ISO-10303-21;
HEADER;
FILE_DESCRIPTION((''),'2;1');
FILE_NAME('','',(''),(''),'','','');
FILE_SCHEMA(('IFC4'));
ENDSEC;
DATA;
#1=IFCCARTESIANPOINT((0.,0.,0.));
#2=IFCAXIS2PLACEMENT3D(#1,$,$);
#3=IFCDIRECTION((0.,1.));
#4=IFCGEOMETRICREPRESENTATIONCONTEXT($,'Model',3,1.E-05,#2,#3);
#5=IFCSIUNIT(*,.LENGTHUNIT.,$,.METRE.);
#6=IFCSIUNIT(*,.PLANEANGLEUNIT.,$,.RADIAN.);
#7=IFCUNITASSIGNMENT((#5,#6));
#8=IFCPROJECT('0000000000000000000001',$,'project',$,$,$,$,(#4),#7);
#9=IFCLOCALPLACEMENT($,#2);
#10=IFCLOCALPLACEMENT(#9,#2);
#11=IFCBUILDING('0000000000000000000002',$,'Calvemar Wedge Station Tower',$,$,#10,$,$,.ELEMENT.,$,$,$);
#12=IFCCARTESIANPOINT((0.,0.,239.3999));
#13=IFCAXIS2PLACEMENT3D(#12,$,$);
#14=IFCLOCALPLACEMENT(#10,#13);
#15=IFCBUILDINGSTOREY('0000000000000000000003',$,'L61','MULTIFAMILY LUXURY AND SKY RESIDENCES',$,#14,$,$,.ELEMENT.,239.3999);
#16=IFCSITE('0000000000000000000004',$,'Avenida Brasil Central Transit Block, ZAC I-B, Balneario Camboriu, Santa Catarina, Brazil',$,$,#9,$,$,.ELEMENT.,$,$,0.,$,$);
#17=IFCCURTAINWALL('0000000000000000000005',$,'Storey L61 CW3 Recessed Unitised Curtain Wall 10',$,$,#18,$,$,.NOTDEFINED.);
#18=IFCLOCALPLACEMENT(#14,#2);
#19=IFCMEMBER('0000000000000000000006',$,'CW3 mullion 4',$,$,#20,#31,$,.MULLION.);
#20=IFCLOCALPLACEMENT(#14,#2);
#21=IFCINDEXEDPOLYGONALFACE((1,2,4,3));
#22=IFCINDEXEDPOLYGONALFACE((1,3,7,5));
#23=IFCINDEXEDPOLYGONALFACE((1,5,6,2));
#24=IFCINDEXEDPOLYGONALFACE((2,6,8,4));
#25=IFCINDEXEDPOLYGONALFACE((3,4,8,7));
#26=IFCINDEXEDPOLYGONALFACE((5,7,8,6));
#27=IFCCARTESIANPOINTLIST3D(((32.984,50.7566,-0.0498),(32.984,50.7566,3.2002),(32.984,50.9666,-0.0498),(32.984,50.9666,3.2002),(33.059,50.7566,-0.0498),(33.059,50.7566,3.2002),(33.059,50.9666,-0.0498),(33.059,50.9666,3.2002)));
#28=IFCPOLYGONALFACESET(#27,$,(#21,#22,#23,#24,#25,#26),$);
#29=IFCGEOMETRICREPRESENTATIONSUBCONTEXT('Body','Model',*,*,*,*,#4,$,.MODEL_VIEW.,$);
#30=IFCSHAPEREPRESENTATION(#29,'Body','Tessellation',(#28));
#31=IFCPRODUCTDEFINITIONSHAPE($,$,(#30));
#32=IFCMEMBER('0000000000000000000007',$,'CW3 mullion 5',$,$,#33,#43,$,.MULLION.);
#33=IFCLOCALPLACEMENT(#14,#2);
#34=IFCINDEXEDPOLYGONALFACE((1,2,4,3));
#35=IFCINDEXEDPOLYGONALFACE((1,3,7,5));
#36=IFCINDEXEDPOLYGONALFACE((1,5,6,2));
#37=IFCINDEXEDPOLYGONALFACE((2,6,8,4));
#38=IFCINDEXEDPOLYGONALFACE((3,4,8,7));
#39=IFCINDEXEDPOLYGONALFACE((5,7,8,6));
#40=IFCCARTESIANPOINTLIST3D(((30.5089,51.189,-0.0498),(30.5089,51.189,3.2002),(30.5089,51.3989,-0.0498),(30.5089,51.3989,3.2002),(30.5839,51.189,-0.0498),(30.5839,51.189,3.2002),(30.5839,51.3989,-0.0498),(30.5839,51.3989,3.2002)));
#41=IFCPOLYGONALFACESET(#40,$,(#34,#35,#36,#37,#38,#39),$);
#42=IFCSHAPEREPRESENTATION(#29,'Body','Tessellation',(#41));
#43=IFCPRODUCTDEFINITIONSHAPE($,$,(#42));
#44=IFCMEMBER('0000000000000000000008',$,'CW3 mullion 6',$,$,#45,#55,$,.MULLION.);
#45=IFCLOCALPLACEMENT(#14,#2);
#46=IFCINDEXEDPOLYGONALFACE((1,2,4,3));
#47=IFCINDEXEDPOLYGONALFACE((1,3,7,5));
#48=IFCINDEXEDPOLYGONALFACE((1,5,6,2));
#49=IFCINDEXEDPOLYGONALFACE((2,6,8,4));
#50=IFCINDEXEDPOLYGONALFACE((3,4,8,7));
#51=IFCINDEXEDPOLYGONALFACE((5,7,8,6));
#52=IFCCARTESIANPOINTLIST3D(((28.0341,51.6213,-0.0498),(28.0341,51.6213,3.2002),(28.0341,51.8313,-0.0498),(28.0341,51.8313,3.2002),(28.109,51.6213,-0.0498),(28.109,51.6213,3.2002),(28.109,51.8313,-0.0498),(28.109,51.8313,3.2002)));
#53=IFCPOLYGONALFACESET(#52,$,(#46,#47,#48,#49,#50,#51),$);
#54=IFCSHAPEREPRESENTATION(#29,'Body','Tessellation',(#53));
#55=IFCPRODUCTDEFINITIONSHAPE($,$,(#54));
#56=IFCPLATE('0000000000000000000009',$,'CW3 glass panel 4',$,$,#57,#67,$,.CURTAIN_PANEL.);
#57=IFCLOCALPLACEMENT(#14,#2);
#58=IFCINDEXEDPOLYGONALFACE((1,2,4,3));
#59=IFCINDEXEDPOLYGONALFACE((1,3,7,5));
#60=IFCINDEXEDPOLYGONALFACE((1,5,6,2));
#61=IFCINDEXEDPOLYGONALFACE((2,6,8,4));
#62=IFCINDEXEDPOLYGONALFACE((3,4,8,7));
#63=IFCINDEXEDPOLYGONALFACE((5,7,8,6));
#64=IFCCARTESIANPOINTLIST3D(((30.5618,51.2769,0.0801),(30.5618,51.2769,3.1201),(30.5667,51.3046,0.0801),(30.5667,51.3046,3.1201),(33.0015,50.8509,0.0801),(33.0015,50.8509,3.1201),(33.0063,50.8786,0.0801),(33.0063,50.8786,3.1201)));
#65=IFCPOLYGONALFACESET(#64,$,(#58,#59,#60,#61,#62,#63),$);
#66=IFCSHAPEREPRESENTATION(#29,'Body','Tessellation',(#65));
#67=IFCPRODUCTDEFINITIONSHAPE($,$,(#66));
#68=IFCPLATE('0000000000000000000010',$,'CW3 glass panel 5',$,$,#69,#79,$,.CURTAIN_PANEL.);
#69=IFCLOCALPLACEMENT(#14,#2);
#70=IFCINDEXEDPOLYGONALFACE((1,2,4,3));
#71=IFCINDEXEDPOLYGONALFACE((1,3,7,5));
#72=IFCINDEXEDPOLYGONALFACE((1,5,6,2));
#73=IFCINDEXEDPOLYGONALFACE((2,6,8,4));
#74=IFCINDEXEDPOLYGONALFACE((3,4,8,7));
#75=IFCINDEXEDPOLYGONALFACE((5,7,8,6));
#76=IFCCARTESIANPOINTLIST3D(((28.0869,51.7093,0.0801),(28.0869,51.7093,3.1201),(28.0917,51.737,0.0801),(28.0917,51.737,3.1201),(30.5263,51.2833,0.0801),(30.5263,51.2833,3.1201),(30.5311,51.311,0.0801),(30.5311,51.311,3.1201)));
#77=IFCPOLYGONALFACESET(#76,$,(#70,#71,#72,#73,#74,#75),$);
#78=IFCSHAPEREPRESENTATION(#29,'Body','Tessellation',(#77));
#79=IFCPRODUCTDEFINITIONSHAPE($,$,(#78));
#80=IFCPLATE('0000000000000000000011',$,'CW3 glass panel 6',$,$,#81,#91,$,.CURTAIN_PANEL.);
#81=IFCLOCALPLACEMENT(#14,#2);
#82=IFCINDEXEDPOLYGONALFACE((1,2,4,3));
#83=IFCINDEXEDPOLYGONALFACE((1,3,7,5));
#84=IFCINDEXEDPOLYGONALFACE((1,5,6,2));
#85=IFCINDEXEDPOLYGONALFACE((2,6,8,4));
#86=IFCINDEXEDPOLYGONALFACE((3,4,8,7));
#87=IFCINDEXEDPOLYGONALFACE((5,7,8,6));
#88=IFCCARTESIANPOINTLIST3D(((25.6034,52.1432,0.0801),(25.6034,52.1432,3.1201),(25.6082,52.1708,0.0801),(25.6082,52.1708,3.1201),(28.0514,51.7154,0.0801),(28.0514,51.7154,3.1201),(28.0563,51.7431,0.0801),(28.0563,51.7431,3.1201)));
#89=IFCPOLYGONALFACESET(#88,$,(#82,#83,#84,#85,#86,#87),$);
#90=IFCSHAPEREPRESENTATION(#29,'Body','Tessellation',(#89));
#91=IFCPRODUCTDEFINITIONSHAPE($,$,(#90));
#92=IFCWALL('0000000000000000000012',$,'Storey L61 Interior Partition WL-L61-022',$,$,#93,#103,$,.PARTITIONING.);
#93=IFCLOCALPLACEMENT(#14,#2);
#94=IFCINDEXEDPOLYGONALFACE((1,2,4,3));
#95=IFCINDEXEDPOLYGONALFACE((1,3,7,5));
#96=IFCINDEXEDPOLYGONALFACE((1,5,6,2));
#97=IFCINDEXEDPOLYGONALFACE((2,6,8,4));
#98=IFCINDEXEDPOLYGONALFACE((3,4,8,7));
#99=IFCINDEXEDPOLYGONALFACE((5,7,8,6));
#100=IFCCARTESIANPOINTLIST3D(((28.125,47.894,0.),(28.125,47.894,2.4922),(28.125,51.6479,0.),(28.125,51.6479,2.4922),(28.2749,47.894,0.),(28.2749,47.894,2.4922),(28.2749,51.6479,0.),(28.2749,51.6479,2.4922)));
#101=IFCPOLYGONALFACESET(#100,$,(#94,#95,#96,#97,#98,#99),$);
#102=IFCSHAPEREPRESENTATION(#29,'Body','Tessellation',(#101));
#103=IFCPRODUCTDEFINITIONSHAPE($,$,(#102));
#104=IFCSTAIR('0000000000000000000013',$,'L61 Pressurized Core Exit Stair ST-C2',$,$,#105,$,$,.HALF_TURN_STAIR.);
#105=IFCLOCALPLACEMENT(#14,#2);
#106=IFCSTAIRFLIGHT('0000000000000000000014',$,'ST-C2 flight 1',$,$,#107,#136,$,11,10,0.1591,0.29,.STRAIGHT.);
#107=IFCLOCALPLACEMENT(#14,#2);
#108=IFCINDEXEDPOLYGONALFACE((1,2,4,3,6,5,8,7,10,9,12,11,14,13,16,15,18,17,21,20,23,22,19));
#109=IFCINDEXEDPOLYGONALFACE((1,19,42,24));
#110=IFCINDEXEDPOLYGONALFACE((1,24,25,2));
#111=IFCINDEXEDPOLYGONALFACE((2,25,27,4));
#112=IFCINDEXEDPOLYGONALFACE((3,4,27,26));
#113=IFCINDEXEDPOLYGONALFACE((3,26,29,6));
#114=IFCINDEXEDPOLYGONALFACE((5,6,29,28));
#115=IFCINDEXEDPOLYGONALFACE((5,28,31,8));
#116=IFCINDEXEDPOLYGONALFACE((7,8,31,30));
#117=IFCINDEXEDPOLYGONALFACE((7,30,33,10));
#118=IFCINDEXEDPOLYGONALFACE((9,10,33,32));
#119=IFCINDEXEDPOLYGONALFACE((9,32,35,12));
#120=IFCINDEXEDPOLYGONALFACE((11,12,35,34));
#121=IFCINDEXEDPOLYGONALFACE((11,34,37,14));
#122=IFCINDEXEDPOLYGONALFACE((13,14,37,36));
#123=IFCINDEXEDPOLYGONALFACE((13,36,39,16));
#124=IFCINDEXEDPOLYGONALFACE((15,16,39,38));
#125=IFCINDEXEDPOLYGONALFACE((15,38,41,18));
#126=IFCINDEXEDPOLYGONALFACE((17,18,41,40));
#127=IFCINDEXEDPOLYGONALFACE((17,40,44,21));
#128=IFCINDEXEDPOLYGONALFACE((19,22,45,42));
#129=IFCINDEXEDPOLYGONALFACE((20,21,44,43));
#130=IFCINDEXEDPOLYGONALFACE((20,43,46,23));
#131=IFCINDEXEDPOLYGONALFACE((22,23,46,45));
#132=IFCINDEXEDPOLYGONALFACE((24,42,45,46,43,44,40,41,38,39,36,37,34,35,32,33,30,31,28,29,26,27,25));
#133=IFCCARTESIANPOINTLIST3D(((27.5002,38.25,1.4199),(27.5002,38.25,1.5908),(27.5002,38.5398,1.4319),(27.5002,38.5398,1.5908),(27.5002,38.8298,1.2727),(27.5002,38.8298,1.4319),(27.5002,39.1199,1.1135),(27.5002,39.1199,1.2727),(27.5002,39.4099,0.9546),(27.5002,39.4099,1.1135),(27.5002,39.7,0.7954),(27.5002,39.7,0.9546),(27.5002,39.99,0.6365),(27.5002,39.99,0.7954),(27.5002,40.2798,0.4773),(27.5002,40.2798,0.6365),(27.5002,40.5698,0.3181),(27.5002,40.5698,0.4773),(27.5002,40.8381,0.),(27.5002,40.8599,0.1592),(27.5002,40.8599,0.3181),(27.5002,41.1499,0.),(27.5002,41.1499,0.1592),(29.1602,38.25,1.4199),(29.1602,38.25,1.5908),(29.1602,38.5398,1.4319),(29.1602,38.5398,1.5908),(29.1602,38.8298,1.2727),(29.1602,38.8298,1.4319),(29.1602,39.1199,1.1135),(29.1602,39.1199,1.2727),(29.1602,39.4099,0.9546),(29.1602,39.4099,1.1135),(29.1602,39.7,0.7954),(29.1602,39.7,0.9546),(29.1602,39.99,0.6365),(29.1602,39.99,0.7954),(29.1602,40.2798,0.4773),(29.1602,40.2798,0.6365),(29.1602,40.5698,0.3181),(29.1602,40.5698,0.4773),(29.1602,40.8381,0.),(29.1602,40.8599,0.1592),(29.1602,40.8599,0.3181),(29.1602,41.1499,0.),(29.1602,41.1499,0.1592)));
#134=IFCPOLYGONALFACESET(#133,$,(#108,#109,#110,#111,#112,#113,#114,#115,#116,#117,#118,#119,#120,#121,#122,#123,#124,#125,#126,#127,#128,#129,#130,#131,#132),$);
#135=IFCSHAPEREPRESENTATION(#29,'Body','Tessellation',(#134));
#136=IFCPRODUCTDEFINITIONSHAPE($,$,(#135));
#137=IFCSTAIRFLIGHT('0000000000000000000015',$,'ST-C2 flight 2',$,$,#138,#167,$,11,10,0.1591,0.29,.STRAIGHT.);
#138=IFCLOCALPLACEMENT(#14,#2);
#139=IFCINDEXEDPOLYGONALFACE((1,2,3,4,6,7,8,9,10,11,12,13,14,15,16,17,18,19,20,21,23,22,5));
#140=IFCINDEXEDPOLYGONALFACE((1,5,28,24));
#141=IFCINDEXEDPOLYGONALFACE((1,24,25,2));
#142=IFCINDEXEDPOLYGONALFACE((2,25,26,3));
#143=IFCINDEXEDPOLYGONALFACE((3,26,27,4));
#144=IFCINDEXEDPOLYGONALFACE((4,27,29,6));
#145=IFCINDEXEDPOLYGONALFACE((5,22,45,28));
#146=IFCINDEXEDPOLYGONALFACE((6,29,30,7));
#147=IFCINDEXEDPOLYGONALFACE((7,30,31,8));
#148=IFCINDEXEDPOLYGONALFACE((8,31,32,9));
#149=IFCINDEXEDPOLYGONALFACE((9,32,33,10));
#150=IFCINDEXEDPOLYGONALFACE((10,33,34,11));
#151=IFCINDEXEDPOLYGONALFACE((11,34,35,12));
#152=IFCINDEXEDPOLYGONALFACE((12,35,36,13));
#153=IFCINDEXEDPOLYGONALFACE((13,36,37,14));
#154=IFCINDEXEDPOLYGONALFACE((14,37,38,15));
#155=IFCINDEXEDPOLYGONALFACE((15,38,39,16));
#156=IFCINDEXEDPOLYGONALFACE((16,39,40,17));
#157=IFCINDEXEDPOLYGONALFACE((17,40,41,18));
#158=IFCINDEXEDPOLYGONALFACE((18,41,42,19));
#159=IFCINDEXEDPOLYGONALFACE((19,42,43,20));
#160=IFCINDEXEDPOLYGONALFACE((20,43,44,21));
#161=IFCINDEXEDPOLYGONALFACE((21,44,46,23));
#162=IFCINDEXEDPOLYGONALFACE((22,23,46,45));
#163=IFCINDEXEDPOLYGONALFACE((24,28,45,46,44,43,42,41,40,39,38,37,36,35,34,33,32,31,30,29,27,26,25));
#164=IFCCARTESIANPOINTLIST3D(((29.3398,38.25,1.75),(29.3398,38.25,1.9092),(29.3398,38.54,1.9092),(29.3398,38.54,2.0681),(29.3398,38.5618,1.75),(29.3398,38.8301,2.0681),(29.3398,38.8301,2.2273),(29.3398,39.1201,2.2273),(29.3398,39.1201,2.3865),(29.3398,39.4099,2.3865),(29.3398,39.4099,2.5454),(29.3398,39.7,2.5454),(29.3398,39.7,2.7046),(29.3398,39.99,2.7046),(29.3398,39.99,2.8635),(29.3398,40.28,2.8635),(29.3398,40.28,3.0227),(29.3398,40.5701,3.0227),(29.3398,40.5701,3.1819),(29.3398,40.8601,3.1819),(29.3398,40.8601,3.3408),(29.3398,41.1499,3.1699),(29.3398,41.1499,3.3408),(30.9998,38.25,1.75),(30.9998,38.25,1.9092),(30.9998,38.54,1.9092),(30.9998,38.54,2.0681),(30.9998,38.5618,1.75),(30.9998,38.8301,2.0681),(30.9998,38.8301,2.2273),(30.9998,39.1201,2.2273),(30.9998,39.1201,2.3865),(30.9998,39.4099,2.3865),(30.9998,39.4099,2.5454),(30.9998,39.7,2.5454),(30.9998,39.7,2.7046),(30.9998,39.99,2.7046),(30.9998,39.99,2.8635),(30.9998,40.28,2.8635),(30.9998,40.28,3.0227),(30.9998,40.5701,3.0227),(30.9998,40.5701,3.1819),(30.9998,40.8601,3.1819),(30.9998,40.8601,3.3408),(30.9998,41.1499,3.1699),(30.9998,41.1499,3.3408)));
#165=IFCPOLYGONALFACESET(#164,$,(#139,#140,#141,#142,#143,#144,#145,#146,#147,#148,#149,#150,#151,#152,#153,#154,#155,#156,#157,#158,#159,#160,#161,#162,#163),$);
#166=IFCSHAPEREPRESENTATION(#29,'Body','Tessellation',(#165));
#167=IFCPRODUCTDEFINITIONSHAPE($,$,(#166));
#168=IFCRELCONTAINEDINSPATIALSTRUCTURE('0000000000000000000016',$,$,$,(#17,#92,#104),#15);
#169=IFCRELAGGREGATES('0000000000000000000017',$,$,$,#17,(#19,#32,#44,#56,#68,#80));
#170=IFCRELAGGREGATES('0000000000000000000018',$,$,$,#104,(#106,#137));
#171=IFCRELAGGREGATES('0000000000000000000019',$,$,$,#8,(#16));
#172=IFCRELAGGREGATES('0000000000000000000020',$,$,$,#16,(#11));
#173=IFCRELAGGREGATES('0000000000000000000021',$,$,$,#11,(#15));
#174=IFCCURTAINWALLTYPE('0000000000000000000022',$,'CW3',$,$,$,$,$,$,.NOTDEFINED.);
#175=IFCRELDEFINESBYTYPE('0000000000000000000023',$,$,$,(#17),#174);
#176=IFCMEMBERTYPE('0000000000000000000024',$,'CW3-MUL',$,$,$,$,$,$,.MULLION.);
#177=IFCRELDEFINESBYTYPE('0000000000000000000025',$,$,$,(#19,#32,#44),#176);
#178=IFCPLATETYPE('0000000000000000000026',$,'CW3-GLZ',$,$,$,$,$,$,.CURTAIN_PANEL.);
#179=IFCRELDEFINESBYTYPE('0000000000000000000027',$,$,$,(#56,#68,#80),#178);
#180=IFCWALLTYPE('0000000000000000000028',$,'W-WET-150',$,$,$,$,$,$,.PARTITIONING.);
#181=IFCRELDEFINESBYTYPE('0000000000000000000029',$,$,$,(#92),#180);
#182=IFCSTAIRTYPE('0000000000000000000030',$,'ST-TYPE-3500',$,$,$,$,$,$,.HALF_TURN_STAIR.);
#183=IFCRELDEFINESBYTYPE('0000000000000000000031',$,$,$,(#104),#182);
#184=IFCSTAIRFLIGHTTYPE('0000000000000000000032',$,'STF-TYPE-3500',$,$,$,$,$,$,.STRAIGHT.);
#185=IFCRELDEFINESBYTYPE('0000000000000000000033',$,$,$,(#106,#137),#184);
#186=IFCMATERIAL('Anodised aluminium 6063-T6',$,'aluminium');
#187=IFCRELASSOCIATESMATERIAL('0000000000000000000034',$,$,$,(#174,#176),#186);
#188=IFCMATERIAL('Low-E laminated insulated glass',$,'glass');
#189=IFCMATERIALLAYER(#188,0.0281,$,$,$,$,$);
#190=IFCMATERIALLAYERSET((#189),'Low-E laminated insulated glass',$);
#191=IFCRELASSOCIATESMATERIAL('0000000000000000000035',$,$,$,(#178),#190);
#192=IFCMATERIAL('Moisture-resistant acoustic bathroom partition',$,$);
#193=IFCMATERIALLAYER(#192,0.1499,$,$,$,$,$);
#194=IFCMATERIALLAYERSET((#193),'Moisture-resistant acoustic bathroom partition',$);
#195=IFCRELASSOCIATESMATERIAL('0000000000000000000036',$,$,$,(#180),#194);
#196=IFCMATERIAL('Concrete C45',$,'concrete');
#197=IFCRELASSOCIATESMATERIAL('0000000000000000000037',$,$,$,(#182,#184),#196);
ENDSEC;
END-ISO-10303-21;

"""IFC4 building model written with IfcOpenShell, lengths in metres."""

from ifc_helpers import new_model, si_unit, direction, frame, frame_2d, origin, origin_2d, place, context, subcontext, project, spatial, polyline, rectangle, outline, extrude, source, transform, mapped, material, layer, layer_set, material_profile, profile_set, type_object, element, aggregate, save


model = new_model("IFC4")

# Units and contexts
model_context = context("Model", 3, precision=1e-05, world=origin(), true_north=direction((0.0, 1.0)))
body_context = subcontext(model_context, "Body", "Model", "MODEL_VIEW")
ifc_project = project(units=[si_unit("LENGTHUNIT", "METRE"), si_unit("PLANEANGLEUNIT", "RADIAN")], contexts=[model_context])

# Site, building, storey
site_placement = place(None, origin())
site = spatial("IfcSite", under=ifc_project, at=site_placement, Name="Avenida Brasil Central Transit Block, ZAC I-B, Balneario Camboriu, Santa Catarina, Brazil", CompositionType="ELEMENT", RefElevation=0.0)
building_placement = place(site_placement, origin())
building = spatial("IfcBuilding", under=site, at=building_placement, Name="Calvemar Wedge Station Tower", CompositionType="ELEMENT")
storey_placement = place(building_placement, frame((0.0, 0.0, 239.3999)))
storey = spatial("IfcBuildingStorey", under=building, at=storey_placement, Name="L61", Description="MULTIFAMILY LUXURY AND SKY RESIDENCES", CompositionType="ELEMENT", Elevation=239.3999)

# Curtain wall, members, plates
ifc_material_1 = material(Name="Anodised aluminium 6063-T6", Category="aluminium")
curtain_wall_type = type_object("IfcCurtainWallType", Name="CW3", PredefinedType="NOTDEFINED", material=ifc_material_1)
curtain_wall_placement = place(storey_placement, origin())
curtain_wall = element("IfcCurtainWall", 1, at=curtain_wall_placement, inside=storey, type_object=curtain_wall_type, Name="Storey L61 CW3 Recessed Unitised Curtain Wall 10", PredefinedType="NOTDEFINED")
ifc_material_profile_1 = material_profile(ifc_material_1, rectangle(XDim=0.075, YDim=0.21, at=origin_2d()), Name="AL-MUL-75x210")
ifc_profile_set_1 = profile_set([ifc_material_profile_1], Name="Anodised aluminium 6063-T6")
member_type = type_object("IfcMemberType", Name="CW3-MUL", PredefinedType="MULLION", material=ifc_profile_set_1)
shared_shape_1 = source(origin(), body_context, "Body", "SweptSolid", [
    extrude(rectangle(XDim=0.075, YDim=0.21, at=origin_2d()), origin(), (0.0, 0.0, 1.0), 3.25),
])
member_1_placement = place(storey_placement, frame((33.0215, 50.8616, -0.0498), z_axis=(0.0, 0.0, 1.0), x_axis=(1.0, 0.0, 0.0)))
member_1 = element("IfcMember", 2, at=member_1_placement, type_object=member_type, Name="CW3 mullion 4", PredefinedType="MULLION", context=body_context, shape_type="MappedRepresentation", body=[
    mapped(shared_shape_1, transform((0.0, 0.0, 0.0), scale=1.0)),
])
member_2_placement = place(storey_placement, frame((30.5464, 51.2939, -0.0498), z_axis=(0.0, 0.0, 1.0), x_axis=(1.0, 0.0, 0.0)))
member_2 = element("IfcMember", 3, at=member_2_placement, type_object=member_type, Name="CW3 mullion 5", PredefinedType="MULLION", context=body_context, shape_type="MappedRepresentation", body=[
    mapped(shared_shape_1, transform((0.0, 0.0, 0.0), scale=1.0)),
])
member_3_placement = place(storey_placement, frame((28.0715, 51.7263, -0.0498), z_axis=(0.0, 0.0, 1.0), x_axis=(1.0, 0.0, 0.0)))
member_3 = element("IfcMember", 4, at=member_3_placement, type_object=member_type, Name="CW3 mullion 6", PredefinedType="MULLION", context=body_context, shape_type="MappedRepresentation", body=[
    mapped(shared_shape_1, transform((0.0, 0.0, 0.0), scale=1.0)),
])
ifc_material_2 = material(Name="Low-E laminated insulated glass", Category="glass")
ifc_layer_1 = layer(ifc_material_2, 0.0281)
ifc_layer_set_1 = layer_set([ifc_layer_1], Name="Low-E laminated insulated glass")
plate_type = type_object("IfcPlateType", Name="CW3-GLZ", PredefinedType="CURTAIN_PANEL", material=ifc_layer_set_1)
plate_1_placement = place(storey_placement, frame((33.0039, 50.8647, 0.0801), z_axis=(0.0, 0.0, 1.0), x_axis=(-0.985094, 0.172019, 0.0)))
plate_1 = element("IfcPlate", 5, at=plate_1_placement, type_object=plate_type, Name="CW3 glass panel 4", PredefinedType="CURTAIN_PANEL", context=body_context, shape_type="SweptSolid", body=[
    extrude(rectangle(XDim=2.4766, YDim=0.0281, at=frame_2d((1.2383, 0.0))), origin(), (0.0, 0.0, 1.0), 3.04),
])
plate_2_placement = place(storey_placement, frame((30.5288, 51.2971, 0.0801), z_axis=(0.0, 0.0, 1.0), x_axis=(-0.985091, 0.172036, 0.0)))
plate_2 = element("IfcPlate", 6, at=plate_2_placement, type_object=plate_type, Name="CW3 glass panel 5", PredefinedType="CURTAIN_PANEL", context=body_context, shape_type="SweptSolid", body=[
    extrude(rectangle(XDim=2.4763, YDim=0.0281, at=frame_2d((1.2383, 0.0))), origin(), (0.0, 0.0, 1.0), 3.04),
])
plate_3_placement = place(storey_placement, frame((28.054, 51.7292, 0.0801), z_axis=(0.0, 0.0, 1.0), x_axis=(-0.985076, 0.172121, 0.0)))
plate_3 = element("IfcPlate", 7, at=plate_3_placement, type_object=plate_type, Name="CW3 glass panel 6", PredefinedType="CURTAIN_PANEL", context=body_context, shape_type="SweptSolid", body=[
    extrude(rectangle(XDim=2.4851, YDim=0.0281, at=frame_2d((1.2427, 0.0))), origin(), (0.0, 0.0, 1.0), 3.04),
])
aggregate(curtain_wall, [member_1, member_2, member_3, plate_1, plate_2, plate_3])

# Wall
ifc_material_3 = material(Name="Moisture-resistant acoustic bathroom partition")
ifc_layer_2 = layer(ifc_material_3, 0.1499)
ifc_layer_set_2 = layer_set([ifc_layer_2], Name="Moisture-resistant acoustic bathroom partition")
wall_type_1 = type_object("IfcWallType", Name="W-WET-150", PredefinedType="PARTITIONING", material=ifc_layer_set_2)
wall_1_placement = place(storey_placement, frame((28.2, 51.6479, 0.0), z_axis=(0.0, 0.0, 1.0), x_axis=(0.0, -1.0, 0.0)))
element("IfcWall", 8, at=wall_1_placement, inside=storey, type_object=wall_type_1, Name="Storey L61 Interior Partition WL-L61-022", PredefinedType="PARTITIONING", context=body_context, shape_type="SweptSolid", body=[
    extrude(rectangle(XDim=3.7539, YDim=0.1499, at=frame_2d((1.877, 0.0))), origin(), (0.0, 0.0, 1.0), 2.4922),
])

# Stair, stair flights
ifc_material_4 = material(Name="Concrete C45", Category="concrete")
stair_type = type_object("IfcStairType", Name="ST-TYPE-3500", PredefinedType="HALF_TURN_STAIR", material=ifc_material_4)
stair_placement = place(storey_placement, origin())
stair = element("IfcStair", 9, at=stair_placement, inside=storey, type_object=stair_type, Name="L61 Pressurized Core Exit Stair ST-C2", PredefinedType="HALF_TURN_STAIR")
stair_flight_type = type_object("IfcStairFlightType", Name="STF-TYPE-3500", PredefinedType="STRAIGHT", material=ifc_material_4)
stair_flight_1_placement = place(storey_placement, frame((28.3301, 41.1499, 0.0), z_axis=(0.0, 0.0, 1.0), x_axis=(0.0, -1.0, 0.0)))
stair_flight_1 = element("IfcStairFlight", 10, at=stair_flight_1_placement, type_object=stair_flight_type, Name="ST-C2 flight 1", NumberOfRisers=11, NumberOfTreads=10, PredefinedType="STRAIGHT", RiserHeight=0.1591, TreadLength=0.29, context=body_context, shape_type="SweptSolid", body=[
    extrude(outline(polyline([(0.0, 0.0), (0.0, 0.1592), (0.29, 0.1592), (0.29, 0.3181), (0.5801, 0.3181), (0.5801, 0.4773), (0.8701, 0.4773), (0.8701, 0.6365), (1.1599, 0.6365), (1.1599, 0.7954), (1.45, 0.7954), (1.45, 0.9546), (1.74, 0.9546), (1.74, 1.1135), (2.03, 1.1135), (2.03, 1.2727), (2.3201, 1.2727), (2.3201, 1.4319), (2.6101, 1.4319), (2.6101, 1.5908), (2.8999, 1.5908), (2.8999, 1.75), (2.8999, 1.4199), (0.3118, 0.0), (0.0, 0.0)])), frame((0.0, 0.8301, 0.0), z_axis=(0.0, -1.0, 0.0), x_axis=(1.0, 0.0, 0.0)), (0.0, 0.0, 1.0), 1.6599),
])
stair_flight_2_placement = place(storey_placement, frame((30.1699, 38.25, 1.75), z_axis=(0.0, 0.0, 1.0), x_axis=(0.0, 1.0, 0.0)))
stair_flight_2 = element("IfcStairFlight", 11, at=stair_flight_2_placement, type_object=stair_flight_type, Name="ST-C2 flight 2", NumberOfRisers=11, NumberOfTreads=10, PredefinedType="STRAIGHT", RiserHeight=0.1591, TreadLength=0.29, context=body_context, shape_type="SweptSolid", body=[
    extrude(outline(polyline([(0.0, 0.0), (0.0, 0.1592), (0.29, 0.1592), (0.29, 0.3181), (0.5801, 0.3181), (0.5801, 0.4773), (0.8701, 0.4773), (0.8701, 0.6365), (1.1599, 0.6365), (1.1599, 0.7954), (1.45, 0.7954), (1.45, 0.9546), (1.74, 0.9546), (1.74, 1.1135), (2.03, 1.1135), (2.03, 1.2727), (2.3201, 1.2727), (2.3201, 1.4319), (2.6101, 1.4319), (2.6101, 1.5908), (2.8999, 1.5908), (2.8999, 1.75), (2.8999, 1.4199), (0.3118, 0.0), (0.0, 0.0)])), frame((0.0, 0.8301, 0.0), z_axis=(0.0, -1.0, 0.0), x_axis=(1.0, 0.0, 0.0)), (0.0, 0.0, 1.0), 1.6599),
])
aggregate(stair, [stair_flight_1, stair_flight_2])

save(model, "model.ifc")
